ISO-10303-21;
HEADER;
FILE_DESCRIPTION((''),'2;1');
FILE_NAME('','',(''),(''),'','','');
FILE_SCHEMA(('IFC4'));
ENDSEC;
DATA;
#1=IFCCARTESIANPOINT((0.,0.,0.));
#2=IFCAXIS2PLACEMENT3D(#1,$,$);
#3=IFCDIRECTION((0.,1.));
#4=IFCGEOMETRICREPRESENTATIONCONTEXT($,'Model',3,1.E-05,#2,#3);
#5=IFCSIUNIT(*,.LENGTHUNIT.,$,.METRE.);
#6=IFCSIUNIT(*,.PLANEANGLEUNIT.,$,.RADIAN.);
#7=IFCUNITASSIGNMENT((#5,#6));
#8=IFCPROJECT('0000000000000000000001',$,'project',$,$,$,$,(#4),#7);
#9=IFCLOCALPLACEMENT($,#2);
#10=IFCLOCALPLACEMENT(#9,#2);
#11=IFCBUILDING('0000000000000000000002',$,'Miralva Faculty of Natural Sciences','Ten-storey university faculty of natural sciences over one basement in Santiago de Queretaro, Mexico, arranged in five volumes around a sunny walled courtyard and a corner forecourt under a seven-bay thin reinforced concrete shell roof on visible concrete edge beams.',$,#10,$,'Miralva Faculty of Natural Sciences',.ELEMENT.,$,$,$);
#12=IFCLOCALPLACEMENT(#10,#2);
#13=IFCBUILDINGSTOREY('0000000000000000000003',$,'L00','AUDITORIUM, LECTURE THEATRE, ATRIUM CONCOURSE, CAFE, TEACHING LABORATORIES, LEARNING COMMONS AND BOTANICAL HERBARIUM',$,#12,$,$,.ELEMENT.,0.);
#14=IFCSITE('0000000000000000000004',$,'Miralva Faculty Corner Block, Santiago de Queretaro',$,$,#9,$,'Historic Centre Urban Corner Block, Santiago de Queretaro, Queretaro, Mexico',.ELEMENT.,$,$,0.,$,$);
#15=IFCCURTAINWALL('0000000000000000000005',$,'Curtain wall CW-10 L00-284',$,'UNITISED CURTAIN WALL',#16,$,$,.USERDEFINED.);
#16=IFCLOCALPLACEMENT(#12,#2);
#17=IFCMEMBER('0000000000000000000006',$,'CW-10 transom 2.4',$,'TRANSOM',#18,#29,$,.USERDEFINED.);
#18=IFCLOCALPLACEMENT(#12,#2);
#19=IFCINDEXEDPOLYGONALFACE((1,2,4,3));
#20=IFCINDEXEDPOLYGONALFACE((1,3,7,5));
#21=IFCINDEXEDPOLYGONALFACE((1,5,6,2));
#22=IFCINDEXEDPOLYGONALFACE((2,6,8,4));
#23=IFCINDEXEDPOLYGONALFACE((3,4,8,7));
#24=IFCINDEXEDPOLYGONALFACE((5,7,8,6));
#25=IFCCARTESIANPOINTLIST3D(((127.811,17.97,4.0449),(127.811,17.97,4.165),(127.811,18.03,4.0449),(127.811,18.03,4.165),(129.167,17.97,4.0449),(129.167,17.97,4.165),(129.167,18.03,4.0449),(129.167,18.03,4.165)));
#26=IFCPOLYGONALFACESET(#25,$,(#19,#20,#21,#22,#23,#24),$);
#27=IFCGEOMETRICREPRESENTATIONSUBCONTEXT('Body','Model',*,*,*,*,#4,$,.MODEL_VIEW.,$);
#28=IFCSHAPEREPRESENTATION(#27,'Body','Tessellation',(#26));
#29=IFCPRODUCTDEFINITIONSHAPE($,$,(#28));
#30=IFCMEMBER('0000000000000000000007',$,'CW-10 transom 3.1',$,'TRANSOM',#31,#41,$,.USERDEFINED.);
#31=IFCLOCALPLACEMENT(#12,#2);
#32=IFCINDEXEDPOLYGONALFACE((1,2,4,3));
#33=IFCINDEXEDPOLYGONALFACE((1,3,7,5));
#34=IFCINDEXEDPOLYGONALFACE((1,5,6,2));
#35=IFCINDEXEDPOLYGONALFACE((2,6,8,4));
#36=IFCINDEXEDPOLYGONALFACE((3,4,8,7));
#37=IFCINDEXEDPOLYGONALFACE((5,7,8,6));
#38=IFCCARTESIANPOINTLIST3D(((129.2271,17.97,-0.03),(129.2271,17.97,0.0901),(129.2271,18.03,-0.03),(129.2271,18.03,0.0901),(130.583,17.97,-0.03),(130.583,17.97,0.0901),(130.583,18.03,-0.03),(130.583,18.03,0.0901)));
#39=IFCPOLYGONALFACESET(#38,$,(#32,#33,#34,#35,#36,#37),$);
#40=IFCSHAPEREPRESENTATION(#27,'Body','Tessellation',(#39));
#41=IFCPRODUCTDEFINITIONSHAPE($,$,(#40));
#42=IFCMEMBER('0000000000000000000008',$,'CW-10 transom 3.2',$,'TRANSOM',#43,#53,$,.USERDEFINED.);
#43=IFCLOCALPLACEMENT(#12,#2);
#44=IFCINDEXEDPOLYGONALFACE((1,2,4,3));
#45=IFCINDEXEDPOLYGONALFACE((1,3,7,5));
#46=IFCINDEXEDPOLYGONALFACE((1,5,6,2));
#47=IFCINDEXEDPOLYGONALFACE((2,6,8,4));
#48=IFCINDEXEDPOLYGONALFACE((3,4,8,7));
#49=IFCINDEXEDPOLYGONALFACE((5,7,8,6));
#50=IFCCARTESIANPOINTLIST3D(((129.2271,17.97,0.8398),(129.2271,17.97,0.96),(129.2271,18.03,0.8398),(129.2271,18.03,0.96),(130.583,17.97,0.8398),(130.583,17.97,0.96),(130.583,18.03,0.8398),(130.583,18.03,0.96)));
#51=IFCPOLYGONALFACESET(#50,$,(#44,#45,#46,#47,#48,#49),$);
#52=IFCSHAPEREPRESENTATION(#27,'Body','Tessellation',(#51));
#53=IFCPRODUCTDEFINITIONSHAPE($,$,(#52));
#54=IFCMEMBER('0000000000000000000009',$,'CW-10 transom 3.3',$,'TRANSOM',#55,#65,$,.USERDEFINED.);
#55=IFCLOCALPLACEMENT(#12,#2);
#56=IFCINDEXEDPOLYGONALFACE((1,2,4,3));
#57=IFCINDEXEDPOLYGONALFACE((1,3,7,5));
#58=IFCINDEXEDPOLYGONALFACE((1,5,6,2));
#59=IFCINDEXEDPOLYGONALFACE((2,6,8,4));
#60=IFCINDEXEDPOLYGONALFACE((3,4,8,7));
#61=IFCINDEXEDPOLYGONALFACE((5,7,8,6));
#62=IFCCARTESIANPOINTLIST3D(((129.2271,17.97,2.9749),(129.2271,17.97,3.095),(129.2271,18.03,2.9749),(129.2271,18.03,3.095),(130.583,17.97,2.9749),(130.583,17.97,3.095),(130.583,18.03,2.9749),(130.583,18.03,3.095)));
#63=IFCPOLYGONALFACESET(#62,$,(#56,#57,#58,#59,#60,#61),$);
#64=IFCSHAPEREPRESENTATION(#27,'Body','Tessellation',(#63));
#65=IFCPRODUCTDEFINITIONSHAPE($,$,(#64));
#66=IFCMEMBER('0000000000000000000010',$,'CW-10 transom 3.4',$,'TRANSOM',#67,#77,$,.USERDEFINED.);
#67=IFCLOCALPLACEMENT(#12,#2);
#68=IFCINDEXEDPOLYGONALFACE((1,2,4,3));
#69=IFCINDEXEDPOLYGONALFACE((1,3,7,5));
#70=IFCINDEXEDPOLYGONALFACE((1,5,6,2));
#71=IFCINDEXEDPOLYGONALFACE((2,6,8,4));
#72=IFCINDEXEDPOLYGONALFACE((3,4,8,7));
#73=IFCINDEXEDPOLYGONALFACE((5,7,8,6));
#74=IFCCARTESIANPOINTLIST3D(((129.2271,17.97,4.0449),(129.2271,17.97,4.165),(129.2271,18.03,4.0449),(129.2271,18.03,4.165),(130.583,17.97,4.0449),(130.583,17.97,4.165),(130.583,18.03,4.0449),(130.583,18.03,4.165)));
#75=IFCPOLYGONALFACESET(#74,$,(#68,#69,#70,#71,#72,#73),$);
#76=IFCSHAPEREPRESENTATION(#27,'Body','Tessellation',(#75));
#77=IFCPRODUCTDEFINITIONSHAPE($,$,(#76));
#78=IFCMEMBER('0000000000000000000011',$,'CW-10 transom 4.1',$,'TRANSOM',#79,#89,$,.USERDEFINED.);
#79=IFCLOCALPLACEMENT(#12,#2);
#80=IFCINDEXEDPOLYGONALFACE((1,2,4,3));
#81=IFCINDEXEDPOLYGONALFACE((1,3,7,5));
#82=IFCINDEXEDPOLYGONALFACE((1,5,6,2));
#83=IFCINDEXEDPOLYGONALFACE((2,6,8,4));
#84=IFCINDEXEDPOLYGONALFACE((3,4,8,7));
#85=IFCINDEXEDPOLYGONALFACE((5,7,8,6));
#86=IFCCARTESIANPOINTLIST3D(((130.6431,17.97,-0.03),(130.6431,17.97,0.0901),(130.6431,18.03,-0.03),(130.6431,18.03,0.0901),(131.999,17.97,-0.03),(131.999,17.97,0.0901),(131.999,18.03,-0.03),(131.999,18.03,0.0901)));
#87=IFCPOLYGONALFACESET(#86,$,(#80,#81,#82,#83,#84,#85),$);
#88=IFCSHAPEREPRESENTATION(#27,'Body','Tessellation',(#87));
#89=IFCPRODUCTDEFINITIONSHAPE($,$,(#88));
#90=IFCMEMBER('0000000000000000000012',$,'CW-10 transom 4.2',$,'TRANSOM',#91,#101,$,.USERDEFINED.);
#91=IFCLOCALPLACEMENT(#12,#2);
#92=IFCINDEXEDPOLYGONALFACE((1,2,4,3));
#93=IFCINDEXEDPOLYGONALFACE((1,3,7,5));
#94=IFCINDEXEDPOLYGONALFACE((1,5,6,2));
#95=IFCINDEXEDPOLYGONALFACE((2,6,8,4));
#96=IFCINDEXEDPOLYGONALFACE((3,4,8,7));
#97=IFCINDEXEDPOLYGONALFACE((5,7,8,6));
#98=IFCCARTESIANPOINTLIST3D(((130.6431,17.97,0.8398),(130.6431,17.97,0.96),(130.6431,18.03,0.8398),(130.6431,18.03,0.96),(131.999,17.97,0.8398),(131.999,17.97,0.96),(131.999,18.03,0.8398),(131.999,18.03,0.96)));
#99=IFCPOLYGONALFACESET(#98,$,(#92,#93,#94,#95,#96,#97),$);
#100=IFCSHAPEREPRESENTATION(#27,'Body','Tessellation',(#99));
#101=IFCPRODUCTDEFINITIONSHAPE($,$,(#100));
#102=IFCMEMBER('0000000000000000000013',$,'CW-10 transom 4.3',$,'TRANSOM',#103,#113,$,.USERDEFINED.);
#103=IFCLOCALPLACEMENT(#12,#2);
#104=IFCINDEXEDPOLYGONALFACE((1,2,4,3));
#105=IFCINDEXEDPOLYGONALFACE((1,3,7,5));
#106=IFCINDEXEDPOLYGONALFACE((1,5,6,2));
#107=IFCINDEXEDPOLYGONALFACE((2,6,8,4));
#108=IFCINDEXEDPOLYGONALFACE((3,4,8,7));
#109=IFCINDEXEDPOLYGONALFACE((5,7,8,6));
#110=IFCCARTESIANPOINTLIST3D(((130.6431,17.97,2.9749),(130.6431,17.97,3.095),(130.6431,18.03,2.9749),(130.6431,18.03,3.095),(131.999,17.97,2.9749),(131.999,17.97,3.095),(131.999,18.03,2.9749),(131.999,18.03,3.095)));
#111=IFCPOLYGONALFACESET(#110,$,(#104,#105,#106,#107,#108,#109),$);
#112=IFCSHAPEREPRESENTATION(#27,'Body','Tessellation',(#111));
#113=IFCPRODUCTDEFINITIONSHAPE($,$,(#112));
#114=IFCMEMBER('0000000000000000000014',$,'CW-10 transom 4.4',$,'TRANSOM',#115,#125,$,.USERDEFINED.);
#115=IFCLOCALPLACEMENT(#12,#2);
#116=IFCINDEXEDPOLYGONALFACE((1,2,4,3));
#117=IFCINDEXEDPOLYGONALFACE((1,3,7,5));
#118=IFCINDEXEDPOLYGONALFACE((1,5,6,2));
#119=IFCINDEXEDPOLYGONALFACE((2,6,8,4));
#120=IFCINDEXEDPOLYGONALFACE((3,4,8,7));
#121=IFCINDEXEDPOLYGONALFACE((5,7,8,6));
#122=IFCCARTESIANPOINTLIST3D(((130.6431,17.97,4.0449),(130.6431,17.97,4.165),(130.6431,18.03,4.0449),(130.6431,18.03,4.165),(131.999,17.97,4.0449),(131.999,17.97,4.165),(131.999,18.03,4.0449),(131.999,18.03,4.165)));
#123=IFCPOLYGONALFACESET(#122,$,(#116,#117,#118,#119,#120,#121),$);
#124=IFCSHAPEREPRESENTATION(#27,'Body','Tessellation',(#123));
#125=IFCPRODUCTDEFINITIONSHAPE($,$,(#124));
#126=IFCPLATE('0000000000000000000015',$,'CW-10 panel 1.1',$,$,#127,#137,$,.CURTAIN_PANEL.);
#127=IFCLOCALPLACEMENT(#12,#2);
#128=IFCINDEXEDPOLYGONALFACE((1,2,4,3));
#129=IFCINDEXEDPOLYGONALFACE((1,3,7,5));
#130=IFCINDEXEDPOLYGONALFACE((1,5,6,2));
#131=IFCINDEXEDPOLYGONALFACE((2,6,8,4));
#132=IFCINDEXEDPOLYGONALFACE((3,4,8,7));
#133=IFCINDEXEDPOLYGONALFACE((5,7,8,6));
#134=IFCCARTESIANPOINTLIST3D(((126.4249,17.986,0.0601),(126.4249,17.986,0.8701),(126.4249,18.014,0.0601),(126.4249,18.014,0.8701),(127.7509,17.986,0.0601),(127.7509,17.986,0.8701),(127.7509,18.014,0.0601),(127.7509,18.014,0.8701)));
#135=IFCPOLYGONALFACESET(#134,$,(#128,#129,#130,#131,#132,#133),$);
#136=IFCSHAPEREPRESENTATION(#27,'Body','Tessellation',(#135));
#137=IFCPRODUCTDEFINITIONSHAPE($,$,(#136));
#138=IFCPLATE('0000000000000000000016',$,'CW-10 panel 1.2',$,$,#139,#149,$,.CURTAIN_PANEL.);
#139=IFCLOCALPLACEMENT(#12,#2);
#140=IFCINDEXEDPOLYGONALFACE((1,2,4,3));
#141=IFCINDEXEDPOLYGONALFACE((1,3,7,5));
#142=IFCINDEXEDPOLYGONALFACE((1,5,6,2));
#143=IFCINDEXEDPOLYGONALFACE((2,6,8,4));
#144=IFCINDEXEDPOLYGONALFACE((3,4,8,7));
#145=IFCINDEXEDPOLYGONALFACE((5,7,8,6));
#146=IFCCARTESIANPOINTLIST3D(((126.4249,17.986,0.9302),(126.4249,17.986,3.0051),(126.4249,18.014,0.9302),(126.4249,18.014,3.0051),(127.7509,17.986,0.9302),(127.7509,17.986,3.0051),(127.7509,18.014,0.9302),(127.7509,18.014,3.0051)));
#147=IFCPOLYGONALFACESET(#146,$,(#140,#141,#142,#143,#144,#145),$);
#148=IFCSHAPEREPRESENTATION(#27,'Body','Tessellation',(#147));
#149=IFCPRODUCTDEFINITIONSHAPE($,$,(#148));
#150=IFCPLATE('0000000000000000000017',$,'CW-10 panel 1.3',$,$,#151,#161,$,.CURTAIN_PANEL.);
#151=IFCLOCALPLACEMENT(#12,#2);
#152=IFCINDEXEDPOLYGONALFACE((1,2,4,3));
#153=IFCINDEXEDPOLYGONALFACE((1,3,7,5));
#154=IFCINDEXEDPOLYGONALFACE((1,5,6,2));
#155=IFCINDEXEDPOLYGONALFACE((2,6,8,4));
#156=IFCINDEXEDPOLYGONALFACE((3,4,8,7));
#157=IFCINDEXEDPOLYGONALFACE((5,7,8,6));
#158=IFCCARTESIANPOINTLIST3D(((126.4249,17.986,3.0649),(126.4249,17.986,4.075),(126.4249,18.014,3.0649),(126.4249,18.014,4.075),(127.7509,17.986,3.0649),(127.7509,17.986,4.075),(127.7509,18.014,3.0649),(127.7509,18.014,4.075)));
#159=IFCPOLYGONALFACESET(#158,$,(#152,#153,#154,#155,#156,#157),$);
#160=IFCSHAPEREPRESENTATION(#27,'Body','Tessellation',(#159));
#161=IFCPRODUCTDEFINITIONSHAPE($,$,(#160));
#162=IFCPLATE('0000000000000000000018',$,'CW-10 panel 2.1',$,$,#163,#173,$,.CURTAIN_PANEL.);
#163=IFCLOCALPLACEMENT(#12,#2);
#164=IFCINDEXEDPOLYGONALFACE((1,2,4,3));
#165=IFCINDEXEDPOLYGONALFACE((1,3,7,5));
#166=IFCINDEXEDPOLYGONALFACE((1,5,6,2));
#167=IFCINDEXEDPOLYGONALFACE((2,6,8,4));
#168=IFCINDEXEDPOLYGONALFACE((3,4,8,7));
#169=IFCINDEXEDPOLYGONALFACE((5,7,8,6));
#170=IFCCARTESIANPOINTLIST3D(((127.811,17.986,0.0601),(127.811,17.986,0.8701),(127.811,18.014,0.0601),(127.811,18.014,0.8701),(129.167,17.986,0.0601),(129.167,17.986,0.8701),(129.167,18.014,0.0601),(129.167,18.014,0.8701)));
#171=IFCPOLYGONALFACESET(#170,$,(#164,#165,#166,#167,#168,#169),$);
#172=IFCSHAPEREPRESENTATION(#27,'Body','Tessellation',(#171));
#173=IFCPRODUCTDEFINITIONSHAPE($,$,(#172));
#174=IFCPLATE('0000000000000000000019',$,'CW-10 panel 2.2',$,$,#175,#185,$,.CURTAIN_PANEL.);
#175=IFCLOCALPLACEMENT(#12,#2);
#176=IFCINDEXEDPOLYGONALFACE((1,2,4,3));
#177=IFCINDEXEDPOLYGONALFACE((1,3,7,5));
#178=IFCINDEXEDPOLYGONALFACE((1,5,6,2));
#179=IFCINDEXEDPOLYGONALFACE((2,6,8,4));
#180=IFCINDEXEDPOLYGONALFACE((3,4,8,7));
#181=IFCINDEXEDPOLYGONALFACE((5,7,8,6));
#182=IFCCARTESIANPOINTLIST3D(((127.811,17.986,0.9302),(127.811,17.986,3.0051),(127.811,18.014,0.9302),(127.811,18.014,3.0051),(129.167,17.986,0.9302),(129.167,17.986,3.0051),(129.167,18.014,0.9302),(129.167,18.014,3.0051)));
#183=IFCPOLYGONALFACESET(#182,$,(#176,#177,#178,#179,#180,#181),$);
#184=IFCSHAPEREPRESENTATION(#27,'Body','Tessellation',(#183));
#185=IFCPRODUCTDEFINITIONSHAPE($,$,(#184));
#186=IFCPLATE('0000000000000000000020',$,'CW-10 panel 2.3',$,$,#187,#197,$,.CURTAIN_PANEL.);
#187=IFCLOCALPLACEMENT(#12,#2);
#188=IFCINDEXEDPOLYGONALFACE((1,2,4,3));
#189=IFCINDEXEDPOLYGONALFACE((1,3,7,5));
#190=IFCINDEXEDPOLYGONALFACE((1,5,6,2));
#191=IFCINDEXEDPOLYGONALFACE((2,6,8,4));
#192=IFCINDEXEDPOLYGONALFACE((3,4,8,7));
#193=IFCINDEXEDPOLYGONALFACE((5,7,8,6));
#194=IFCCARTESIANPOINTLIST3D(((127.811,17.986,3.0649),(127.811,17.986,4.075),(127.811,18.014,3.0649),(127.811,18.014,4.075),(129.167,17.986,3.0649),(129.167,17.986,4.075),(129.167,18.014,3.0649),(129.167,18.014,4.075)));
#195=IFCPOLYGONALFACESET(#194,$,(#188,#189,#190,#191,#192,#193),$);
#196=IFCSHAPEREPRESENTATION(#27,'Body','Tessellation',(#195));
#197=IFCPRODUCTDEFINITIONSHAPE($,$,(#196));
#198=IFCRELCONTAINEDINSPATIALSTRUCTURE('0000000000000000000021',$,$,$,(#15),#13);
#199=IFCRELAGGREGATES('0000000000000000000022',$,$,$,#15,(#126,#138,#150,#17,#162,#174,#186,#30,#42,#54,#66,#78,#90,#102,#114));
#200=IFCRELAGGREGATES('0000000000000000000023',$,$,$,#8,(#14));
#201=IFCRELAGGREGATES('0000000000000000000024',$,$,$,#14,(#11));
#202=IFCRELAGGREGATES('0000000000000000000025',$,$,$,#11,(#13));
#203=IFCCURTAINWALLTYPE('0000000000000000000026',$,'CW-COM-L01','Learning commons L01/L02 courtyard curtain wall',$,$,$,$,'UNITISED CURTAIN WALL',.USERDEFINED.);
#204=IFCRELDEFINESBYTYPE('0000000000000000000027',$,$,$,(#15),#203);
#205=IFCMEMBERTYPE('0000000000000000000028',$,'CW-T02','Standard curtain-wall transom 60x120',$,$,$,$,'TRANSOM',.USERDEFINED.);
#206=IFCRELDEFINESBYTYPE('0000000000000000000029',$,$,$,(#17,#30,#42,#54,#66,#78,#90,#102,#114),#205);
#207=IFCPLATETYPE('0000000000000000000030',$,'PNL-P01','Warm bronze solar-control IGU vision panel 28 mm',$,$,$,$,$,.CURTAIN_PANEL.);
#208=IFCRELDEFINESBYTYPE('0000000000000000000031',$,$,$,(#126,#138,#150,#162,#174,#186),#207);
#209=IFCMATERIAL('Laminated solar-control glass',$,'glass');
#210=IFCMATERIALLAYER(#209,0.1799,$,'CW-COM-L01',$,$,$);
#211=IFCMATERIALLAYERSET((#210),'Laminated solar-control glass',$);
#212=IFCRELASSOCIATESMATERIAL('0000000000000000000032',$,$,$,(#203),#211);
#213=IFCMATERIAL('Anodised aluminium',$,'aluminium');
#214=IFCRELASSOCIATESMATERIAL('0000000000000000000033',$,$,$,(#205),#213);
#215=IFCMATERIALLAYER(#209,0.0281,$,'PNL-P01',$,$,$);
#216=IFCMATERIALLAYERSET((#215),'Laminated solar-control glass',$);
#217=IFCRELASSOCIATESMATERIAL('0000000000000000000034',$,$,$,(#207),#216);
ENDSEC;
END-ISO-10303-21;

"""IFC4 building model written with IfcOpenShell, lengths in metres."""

from ifc_helpers import new_model, si_unit, direction, frame, origin, origin_2d, place, context, subcontext, project, spatial, rectangle, extrude, material, layer, layer_set, material_profile, profile_set, type_object, element, aggregate, save


model = new_model("IFC4")

# Units and contexts
model_context = context("Model", 3, precision=1e-05, world=origin(), true_north=direction((0.0, 1.0)))
body_context = subcontext(model_context, "Body", "Model", "MODEL_VIEW")
ifc_project = project(units=[si_unit("LENGTHUNIT", "METRE"), si_unit("PLANEANGLEUNIT", "RADIAN")], contexts=[model_context])

# Site, building, storey
site_placement = place(None, origin())
site = spatial("IfcSite", under=ifc_project, at=site_placement, Name="Miralva Faculty Corner Block, Santiago de Queretaro", LongName="Historic Centre Urban Corner Block, Santiago de Queretaro, Queretaro, Mexico", CompositionType="ELEMENT", RefElevation=0.0)
building_placement = place(site_placement, origin())
building = spatial("IfcBuilding", under=site, at=building_placement, Name="Miralva Faculty of Natural Sciences", Description="Ten-storey university faculty of natural sciences over one basement in Santiago de Queretaro, Mexico, arranged in five volumes around a sunny walled courtyard and a corner forecourt under a seven-bay thin reinforced concrete shell roof on visible concrete edge beams.", LongName="Miralva Faculty of Natural Sciences", CompositionType="ELEMENT")
storey_placement = place(building_placement, origin())
storey = spatial("IfcBuildingStorey", under=building, at=storey_placement, Name="L00", Description="AUDITORIUM, LECTURE THEATRE, ATRIUM CONCOURSE, CAFE, TEACHING LABORATORIES, LEARNING COMMONS AND BOTANICAL HERBARIUM", CompositionType="ELEMENT", Elevation=0.0)

# Curtain wall
ifc_material_1 = material(Name="Laminated solar-control glass", Category="glass")
ifc_layer_1 = layer(ifc_material_1, 0.1799, Name="CW-COM-L01")
ifc_layer_set_1 = layer_set([ifc_layer_1], Name="Laminated solar-control glass")
curtain_wall_type = type_object("IfcCurtainWallType", Name="CW-COM-L01", Description="Learning commons L01/L02 courtyard curtain wall", ElementType="UNITISED CURTAIN WALL", PredefinedType="USERDEFINED", material=ifc_layer_set_1)
curtain_wall_1_placement = place(storey_placement, origin())
curtain_wall_1 = element("IfcCurtainWall", 1, at=curtain_wall_1_placement, inside=storey, type_object=curtain_wall_type, Name="Curtain wall CW-10 L00-284", ObjectType="UNITISED CURTAIN WALL", PredefinedType="USERDEFINED")
ifc_material_2 = material(Name="Anodised aluminium", Category="aluminium")

# Members
ifc_material_profile_1 = material_profile(ifc_material_2, rectangle(XDim=0.0601, YDim=0.1201, at=origin_2d()), Name="TRANSOM 60x120")
ifc_profile_set_1 = profile_set([ifc_material_profile_1], Name="Anodised aluminium")
member_type_1 = type_object("IfcMemberType", Name="CW-T02", Description="Standard curtain-wall transom 60x120", ElementType="TRANSOM", PredefinedType="USERDEFINED", material=ifc_profile_set_1)
member_1_placement = place(storey_placement, frame((127.811, 18.0, 4.105), z_axis=(1.0, 0.0, 0.0), x_axis=(0.0, 1.0, 0.0)))
member_1 = element("IfcMember", 2, at=member_1_placement, type_object=member_type_1, Name="CW-10 transom 2.4", ObjectType="TRANSOM", PredefinedType="USERDEFINED", context=body_context, shape_type="SweptSolid", body=[
    extrude(rectangle(XDim=0.0601, YDim=0.1201, at=origin_2d()), origin(), (0.0, 0.0, 1.0), 1.356),
])
member_2_placement = place(storey_placement, frame((129.2271, 18.0, 0.03), z_axis=(1.0, 0.0, 0.0), x_axis=(0.0, 1.0, 0.0)))
member_2 = element("IfcMember", 3, at=member_2_placement, type_object=member_type_1, Name="CW-10 transom 3.1", ObjectType="TRANSOM", PredefinedType="USERDEFINED", context=body_context, shape_type="SweptSolid", body=[
    extrude(rectangle(XDim=0.0601, YDim=0.1201, at=origin_2d()), origin(), (0.0, 0.0, 1.0), 1.356),
])
member_3_placement = place(storey_placement, frame((129.2271, 18.0, 0.8999), z_axis=(1.0, 0.0, 0.0), x_axis=(0.0, 1.0, 0.0)))
member_3 = element("IfcMember", 4, at=member_3_placement, type_object=member_type_1, Name="CW-10 transom 3.2", ObjectType="TRANSOM", PredefinedType="USERDEFINED", context=body_context, shape_type="SweptSolid", body=[
    extrude(rectangle(XDim=0.0601, YDim=0.1201, at=origin_2d()), origin(), (0.0, 0.0, 1.0), 1.356),
])
member_4_placement = place(storey_placement, frame((129.2271, 18.0, 3.0349), z_axis=(1.0, 0.0, 0.0), x_axis=(0.0, 1.0, 0.0)))
member_4 = element("IfcMember", 5, at=member_4_placement, type_object=member_type_1, Name="CW-10 transom 3.3", ObjectType="TRANSOM", PredefinedType="USERDEFINED", context=body_context, shape_type="SweptSolid", body=[
    extrude(rectangle(XDim=0.0601, YDim=0.1201, at=origin_2d()), origin(), (0.0, 0.0, 1.0), 1.356),
])
member_5_placement = place(storey_placement, frame((129.2271, 18.0, 4.105), z_axis=(1.0, 0.0, 0.0), x_axis=(0.0, 1.0, 0.0)))
member_5 = element("IfcMember", 6, at=member_5_placement, type_object=member_type_1, Name="CW-10 transom 3.4", ObjectType="TRANSOM", PredefinedType="USERDEFINED", context=body_context, shape_type="SweptSolid", body=[
    extrude(rectangle(XDim=0.0601, YDim=0.1201, at=origin_2d()), origin(), (0.0, 0.0, 1.0), 1.356),
])
member_6_placement = place(storey_placement, frame((130.6431, 18.0, 0.03), z_axis=(1.0, 0.0, 0.0), x_axis=(0.0, 1.0, 0.0)))
member_6 = element("IfcMember", 7, at=member_6_placement, type_object=member_type_1, Name="CW-10 transom 4.1", ObjectType="TRANSOM", PredefinedType="USERDEFINED", context=body_context, shape_type="SweptSolid", body=[
    extrude(rectangle(XDim=0.0601, YDim=0.1201, at=origin_2d()), origin(), (0.0, 0.0, 1.0), 1.356),
])
member_7_placement = place(storey_placement, frame((130.6431, 18.0, 0.8999), z_axis=(1.0, 0.0, 0.0), x_axis=(0.0, 1.0, 0.0)))
member_7 = element("IfcMember", 8, at=member_7_placement, type_object=member_type_1, Name="CW-10 transom 4.2", ObjectType="TRANSOM", PredefinedType="USERDEFINED", context=body_context, shape_type="SweptSolid", body=[
    extrude(rectangle(XDim=0.0601, YDim=0.1201, at=origin_2d()), origin(), (0.0, 0.0, 1.0), 1.356),
])
member_8_placement = place(storey_placement, frame((130.6431, 18.0, 3.0349), z_axis=(1.0, 0.0, 0.0), x_axis=(0.0, 1.0, 0.0)))
member_8 = element("IfcMember", 9, at=member_8_placement, type_object=member_type_1, Name="CW-10 transom 4.3", ObjectType="TRANSOM", PredefinedType="USERDEFINED", context=body_context, shape_type="SweptSolid", body=[
    extrude(rectangle(XDim=0.0601, YDim=0.1201, at=origin_2d()), origin(), (0.0, 0.0, 1.0), 1.356),
])
member_9_placement = place(storey_placement, frame((130.6431, 18.0, 4.105), z_axis=(1.0, 0.0, 0.0), x_axis=(0.0, 1.0, 0.0)))
member_9 = element("IfcMember", 10, at=member_9_placement, type_object=member_type_1, Name="CW-10 transom 4.4", ObjectType="TRANSOM", PredefinedType="USERDEFINED", context=body_context, shape_type="SweptSolid", body=[
    extrude(rectangle(XDim=0.0601, YDim=0.1201, at=origin_2d()), origin(), (0.0, 0.0, 1.0), 1.356),
])

# Plates
ifc_layer_2 = layer(ifc_material_1, 0.0281, Name="PNL-P01")
ifc_layer_set_2 = layer_set([ifc_layer_2], Name="Laminated solar-control glass")
plate_type = type_object("IfcPlateType", Name="PNL-P01", Description="Warm bronze solar-control IGU vision panel 28 mm", PredefinedType="CURTAIN_PANEL", material=ifc_layer_set_2)
plate_1_placement = place(storey_placement, frame((127.0879, 18.0, 0.0601), z_axis=(0.0, 0.0, 1.0), x_axis=(1.0, 0.0, 0.0)))
plate_1 = element("IfcPlate", 11, at=plate_1_placement, type_object=plate_type, Name="CW-10 panel 1.1", PredefinedType="CURTAIN_PANEL", context=body_context, shape_type="SweptSolid", body=[
    extrude(rectangle(XDim=1.3259, YDim=0.0281, at=origin_2d()), origin(), (0.0, 0.0, 1.0), 0.8101),
])
plate_2_placement = place(storey_placement, frame((127.0879, 18.0, 0.9302), z_axis=(0.0, 0.0, 1.0), x_axis=(1.0, 0.0, 0.0)))
plate_2 = element("IfcPlate", 12, at=plate_2_placement, type_object=plate_type, Name="CW-10 panel 1.2", PredefinedType="CURTAIN_PANEL", context=body_context, shape_type="SweptSolid", body=[
    extrude(rectangle(XDim=1.3259, YDim=0.0281, at=origin_2d()), origin(), (0.0, 0.0, 1.0), 2.075),
])
plate_3_placement = place(storey_placement, frame((127.0879, 18.0, 3.0649), z_axis=(0.0, 0.0, 1.0), x_axis=(1.0, 0.0, 0.0)))
plate_3 = element("IfcPlate", 13, at=plate_3_placement, type_object=plate_type, Name="CW-10 panel 1.3", PredefinedType="CURTAIN_PANEL", context=body_context, shape_type="SweptSolid", body=[
    extrude(rectangle(XDim=1.3259, YDim=0.0281, at=origin_2d()), origin(), (0.0, 0.0, 1.0), 1.01),
])
plate_4_placement = place(storey_placement, frame((128.489, 18.0, 0.0601), z_axis=(0.0, 0.0, 1.0), x_axis=(1.0, 0.0, 0.0)))
plate_4 = element("IfcPlate", 14, at=plate_4_placement, type_object=plate_type, Name="CW-10 panel 2.1", PredefinedType="CURTAIN_PANEL", context=body_context, shape_type="SweptSolid", body=[
    extrude(rectangle(XDim=1.356, YDim=0.0281, at=origin_2d()), origin(), (0.0, 0.0, 1.0), 0.8101),
])
plate_5_placement = place(storey_placement, frame((128.489, 18.0, 0.9302), z_axis=(0.0, 0.0, 1.0), x_axis=(1.0, 0.0, 0.0)))
plate_5 = element("IfcPlate", 15, at=plate_5_placement, type_object=plate_type, Name="CW-10 panel 2.2", PredefinedType="CURTAIN_PANEL", context=body_context, shape_type="SweptSolid", body=[
    extrude(rectangle(XDim=1.356, YDim=0.0281, at=origin_2d()), origin(), (0.0, 0.0, 1.0), 2.075),
])
plate_6_placement = place(storey_placement, frame((128.489, 18.0, 3.0649), z_axis=(0.0, 0.0, 1.0), x_axis=(1.0, 0.0, 0.0)))
plate_6 = element("IfcPlate", 16, at=plate_6_placement, type_object=plate_type, Name="CW-10 panel 2.3", PredefinedType="CURTAIN_PANEL", context=body_context, shape_type="SweptSolid", body=[
    extrude(rectangle(XDim=1.356, YDim=0.0281, at=origin_2d()), origin(), (0.0, 0.0, 1.0), 1.01),
])
aggregate(curtain_wall_1, [plate_1, plate_2, plate_3, member_1, plate_4, plate_5, plate_6, member_2, member_3, member_4, member_5, member_6, member_7, member_8, member_9])

save(model, "model.ifc")
